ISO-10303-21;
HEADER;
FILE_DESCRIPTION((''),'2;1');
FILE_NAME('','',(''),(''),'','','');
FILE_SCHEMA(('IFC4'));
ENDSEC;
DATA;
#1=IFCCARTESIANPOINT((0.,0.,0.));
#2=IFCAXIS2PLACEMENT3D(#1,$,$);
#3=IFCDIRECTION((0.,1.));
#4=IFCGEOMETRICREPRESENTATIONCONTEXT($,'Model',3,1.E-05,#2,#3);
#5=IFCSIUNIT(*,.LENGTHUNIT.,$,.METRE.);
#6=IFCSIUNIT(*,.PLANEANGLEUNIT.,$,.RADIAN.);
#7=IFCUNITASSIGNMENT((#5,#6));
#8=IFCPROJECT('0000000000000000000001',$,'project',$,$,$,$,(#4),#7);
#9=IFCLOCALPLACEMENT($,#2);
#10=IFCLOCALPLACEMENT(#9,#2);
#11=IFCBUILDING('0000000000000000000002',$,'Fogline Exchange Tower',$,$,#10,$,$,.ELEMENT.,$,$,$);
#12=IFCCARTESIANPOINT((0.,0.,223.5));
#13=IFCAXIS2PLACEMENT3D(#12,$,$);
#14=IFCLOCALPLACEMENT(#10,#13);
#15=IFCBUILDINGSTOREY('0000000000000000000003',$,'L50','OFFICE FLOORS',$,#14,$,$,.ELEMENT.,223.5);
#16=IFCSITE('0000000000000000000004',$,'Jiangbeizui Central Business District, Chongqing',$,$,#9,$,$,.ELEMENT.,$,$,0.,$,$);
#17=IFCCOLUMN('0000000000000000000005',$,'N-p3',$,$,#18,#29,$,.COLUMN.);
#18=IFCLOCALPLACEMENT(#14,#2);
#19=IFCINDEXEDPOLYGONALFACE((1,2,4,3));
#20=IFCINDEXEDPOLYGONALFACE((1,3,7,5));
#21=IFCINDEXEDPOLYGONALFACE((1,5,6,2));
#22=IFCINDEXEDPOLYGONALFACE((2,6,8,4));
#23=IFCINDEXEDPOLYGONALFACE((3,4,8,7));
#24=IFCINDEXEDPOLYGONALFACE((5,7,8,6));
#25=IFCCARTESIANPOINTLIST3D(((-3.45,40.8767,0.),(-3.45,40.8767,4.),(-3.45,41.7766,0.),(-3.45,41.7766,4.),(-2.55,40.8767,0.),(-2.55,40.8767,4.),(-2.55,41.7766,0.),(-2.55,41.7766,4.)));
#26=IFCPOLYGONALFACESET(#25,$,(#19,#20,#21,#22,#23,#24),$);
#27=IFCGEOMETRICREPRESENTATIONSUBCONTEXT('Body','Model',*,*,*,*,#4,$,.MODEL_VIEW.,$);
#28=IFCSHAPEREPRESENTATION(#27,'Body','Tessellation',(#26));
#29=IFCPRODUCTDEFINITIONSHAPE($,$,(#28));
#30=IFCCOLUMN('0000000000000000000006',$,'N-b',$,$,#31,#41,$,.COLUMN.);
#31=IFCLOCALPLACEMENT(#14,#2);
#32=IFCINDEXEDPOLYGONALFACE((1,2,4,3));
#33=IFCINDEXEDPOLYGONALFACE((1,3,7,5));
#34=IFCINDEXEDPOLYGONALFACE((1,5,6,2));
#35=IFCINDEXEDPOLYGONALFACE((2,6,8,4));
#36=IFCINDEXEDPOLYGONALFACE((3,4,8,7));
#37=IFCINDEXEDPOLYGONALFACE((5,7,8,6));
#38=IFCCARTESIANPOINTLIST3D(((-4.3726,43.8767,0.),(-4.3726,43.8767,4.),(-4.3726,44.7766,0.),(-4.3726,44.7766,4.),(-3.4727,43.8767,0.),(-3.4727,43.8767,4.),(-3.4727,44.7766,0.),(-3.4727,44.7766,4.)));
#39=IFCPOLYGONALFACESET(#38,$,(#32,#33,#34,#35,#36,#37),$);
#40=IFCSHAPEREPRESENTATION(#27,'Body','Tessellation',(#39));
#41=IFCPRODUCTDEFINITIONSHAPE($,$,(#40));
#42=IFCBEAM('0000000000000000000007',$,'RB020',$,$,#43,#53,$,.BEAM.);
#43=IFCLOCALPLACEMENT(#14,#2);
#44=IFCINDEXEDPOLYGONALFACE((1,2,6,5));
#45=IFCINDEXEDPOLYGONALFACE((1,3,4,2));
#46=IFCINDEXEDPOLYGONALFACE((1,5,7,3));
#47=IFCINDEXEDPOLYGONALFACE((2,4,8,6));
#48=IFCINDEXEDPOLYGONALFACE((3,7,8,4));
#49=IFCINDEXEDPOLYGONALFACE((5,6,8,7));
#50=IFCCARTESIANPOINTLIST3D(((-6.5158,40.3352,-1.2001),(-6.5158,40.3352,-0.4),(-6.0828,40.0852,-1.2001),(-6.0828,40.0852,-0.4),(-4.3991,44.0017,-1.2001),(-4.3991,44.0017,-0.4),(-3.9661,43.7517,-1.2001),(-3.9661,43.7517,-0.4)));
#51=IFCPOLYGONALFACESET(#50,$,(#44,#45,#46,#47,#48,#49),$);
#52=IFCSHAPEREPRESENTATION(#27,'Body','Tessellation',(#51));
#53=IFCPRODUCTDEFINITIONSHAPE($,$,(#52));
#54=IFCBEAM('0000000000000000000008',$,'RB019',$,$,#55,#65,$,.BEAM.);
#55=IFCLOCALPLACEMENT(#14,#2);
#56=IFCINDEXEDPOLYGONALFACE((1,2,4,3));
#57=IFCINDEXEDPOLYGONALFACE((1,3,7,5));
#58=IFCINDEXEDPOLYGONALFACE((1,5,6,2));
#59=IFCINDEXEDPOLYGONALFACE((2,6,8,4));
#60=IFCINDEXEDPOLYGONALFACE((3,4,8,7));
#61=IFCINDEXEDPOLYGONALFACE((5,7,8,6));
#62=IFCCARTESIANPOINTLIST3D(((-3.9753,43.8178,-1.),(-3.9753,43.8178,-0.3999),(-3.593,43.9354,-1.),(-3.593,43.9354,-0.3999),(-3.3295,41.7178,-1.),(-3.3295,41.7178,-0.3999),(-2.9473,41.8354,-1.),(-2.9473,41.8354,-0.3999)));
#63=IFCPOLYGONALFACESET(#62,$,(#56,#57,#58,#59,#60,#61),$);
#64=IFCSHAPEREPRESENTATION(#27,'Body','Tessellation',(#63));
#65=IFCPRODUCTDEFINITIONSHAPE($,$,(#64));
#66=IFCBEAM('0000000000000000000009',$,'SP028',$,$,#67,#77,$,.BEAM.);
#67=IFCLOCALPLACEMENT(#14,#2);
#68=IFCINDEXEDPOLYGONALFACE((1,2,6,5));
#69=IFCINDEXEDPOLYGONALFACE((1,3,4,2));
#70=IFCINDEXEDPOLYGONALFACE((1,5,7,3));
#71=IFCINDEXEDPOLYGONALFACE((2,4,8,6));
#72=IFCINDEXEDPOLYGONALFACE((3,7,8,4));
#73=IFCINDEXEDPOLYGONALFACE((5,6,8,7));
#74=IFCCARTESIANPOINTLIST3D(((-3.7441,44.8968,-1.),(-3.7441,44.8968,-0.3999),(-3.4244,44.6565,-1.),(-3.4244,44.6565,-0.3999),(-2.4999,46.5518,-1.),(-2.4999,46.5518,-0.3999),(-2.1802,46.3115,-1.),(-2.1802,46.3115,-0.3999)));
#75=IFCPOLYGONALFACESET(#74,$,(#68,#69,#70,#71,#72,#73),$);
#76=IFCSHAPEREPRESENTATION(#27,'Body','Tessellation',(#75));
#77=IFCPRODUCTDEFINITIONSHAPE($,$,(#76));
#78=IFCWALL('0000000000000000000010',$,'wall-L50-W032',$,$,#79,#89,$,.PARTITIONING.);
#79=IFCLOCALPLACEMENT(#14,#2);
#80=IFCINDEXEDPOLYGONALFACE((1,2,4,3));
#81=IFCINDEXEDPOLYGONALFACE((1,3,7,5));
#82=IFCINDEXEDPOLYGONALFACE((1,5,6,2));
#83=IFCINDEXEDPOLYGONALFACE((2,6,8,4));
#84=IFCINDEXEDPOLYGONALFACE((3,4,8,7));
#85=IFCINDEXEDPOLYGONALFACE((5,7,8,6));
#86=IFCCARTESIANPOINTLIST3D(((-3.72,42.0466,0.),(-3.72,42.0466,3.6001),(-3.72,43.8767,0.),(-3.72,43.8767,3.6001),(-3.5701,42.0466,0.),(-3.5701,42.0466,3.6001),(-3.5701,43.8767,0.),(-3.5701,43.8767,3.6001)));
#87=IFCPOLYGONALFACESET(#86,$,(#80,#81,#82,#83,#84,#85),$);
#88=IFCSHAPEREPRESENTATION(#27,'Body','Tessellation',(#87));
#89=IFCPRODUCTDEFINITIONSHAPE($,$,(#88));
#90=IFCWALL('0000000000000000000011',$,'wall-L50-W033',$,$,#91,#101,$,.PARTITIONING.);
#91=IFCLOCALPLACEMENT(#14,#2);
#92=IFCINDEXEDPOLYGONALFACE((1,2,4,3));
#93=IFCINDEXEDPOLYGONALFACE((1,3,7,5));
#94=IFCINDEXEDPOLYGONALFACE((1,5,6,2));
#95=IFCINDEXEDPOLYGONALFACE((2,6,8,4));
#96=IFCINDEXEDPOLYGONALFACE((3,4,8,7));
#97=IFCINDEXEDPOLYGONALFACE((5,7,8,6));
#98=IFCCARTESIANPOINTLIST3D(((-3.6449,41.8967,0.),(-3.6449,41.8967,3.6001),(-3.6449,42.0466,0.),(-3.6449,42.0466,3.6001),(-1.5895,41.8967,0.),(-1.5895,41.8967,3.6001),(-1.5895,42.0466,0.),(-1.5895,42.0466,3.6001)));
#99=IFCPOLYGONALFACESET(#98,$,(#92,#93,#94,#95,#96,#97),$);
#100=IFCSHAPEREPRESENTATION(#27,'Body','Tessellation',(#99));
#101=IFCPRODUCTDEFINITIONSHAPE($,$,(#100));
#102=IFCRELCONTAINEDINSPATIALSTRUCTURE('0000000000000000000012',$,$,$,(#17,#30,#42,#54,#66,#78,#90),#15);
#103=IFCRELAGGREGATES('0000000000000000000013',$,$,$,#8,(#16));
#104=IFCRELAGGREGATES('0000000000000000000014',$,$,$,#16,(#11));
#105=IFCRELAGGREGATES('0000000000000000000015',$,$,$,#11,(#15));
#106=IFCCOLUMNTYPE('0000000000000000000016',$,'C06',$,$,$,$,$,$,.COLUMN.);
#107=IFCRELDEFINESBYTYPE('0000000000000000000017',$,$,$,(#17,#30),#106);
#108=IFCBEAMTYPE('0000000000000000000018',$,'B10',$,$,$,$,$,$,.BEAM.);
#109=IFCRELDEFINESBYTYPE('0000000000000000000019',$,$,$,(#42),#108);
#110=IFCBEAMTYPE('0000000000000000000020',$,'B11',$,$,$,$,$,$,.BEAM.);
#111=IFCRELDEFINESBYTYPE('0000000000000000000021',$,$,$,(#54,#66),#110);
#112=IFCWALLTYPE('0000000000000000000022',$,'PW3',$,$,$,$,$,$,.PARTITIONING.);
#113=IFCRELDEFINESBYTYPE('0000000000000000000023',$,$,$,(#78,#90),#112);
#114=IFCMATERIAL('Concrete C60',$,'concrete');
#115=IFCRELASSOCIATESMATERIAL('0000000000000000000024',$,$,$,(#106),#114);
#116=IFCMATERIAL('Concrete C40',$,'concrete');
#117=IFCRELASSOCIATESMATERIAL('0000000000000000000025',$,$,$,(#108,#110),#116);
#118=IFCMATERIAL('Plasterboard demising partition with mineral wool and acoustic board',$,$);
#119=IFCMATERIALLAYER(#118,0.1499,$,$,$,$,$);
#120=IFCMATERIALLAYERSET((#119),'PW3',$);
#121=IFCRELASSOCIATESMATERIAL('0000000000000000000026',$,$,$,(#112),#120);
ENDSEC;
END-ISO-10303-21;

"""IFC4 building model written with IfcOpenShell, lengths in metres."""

from ifc_helpers import new_model, si_unit, direction, frame, frame_2d, origin, origin_2d, place, context, subcontext, project, spatial, rectangle, extrude, material, layer, layer_set, material_profile, profile_set, type_object, element, save


model = new_model("IFC4")

# Units and contexts
model_context = context("Model", 3, precision=1e-05, world=origin(), true_north=direction((0.0, 1.0)))
body_context = subcontext(model_context, "Body", "Model", "MODEL_VIEW")
ifc_project = project(units=[si_unit("LENGTHUNIT", "METRE"), si_unit("PLANEANGLEUNIT", "RADIAN")], contexts=[model_context])

# Site, building, storey
site_placement = place(None, origin())
site = spatial("IfcSite", under=ifc_project, at=site_placement, Name="Jiangbeizui Central Business District, Chongqing", CompositionType="ELEMENT", RefElevation=0.0)
building_placement = place(site_placement, origin())
building = spatial("IfcBuilding", under=site, at=building_placement, Name="Fogline Exchange Tower", CompositionType="ELEMENT")
storey_placement = place(building_placement, frame((0.0, 0.0, 223.5)))
storey = spatial("IfcBuildingStorey", under=building, at=storey_placement, Name="L50", Description="OFFICE FLOORS", CompositionType="ELEMENT", Elevation=223.5)

# Columns
ifc_material_1 = material(Name="Concrete C60", Category="concrete")
ifc_material_profile_1 = material_profile(ifc_material_1, rectangle(XDim=0.8999, YDim=0.8999, at=origin_2d()), Name="RC 900x900")
ifc_profile_set_1 = profile_set([ifc_material_profile_1], Name="Concrete C60")
column_type = type_object("IfcColumnType", Name="C06", PredefinedType="COLUMN", material=ifc_profile_set_1)
for number, where, z_axis, x_axis, name in (
    (1, (-3.0, 41.3267, 0.0), (0.0, 0.0, 1.0), (1.0, 0.0, 0.0), "N-p3"),
    (2, (-3.9226, 44.3267, 0.0), (0.0, 0.0, 1.0), (1.0, 0.0, 0.0), "N-b"),
):
    element("IfcColumn", number, at=place(storey_placement, frame(where, z_axis=z_axis, x_axis=x_axis)), inside=storey, type_object=column_type, Name=name, PredefinedType="COLUMN", context=body_context, shape_type="SweptSolid", body=[
        extrude(rectangle(XDim=0.8999, YDim=0.8999, at=origin_2d()), origin(), (0.0, 0.0, 1.0), 4.0),
    ])

# Beams
ifc_material_2 = material(Name="Concrete C40", Category="concrete")
ifc_material_profile_2 = material_profile(ifc_material_2, rectangle(XDim=0.5, YDim=0.8, at=origin_2d()), Name="RC 500x800")
ifc_profile_set_2 = profile_set([ifc_material_profile_2], Name="Concrete C40")
beam_type_1 = type_object("IfcBeamType", Name="B10", PredefinedType="BEAM", material=ifc_profile_set_2)
beam_1_placement = place(storey_placement, frame((-4.1826, 43.8767, -0.8), z_axis=(-0.499972, -0.866042, 0.0), x_axis=(0.866042, -0.499972, 0.0)))
element("IfcBeam", 3, at=beam_1_placement, inside=storey, type_object=beam_type_1, Name="RB020", PredefinedType="BEAM", context=body_context, shape_type="SweptSolid", body=[
    extrude(rectangle(XDim=0.5, YDim=0.8, at=origin_2d()), origin(), (0.0, 0.0, 1.0), 4.2336),
])
ifc_material_profile_3 = material_profile(ifc_material_2, rectangle(XDim=0.3999, YDim=0.6001, at=origin_2d()), Name="RC 400x600")
ifc_profile_set_3 = profile_set([ifc_material_profile_3], Name="Concrete C40")
beam_type_2 = type_object("IfcBeamType", Name="B11", PredefinedType="BEAM", material=ifc_profile_set_3)
beam_2_placement = place(storey_placement, frame((-3.1384, 41.7766, -0.7), z_axis=(-0.293906, 0.955834, 0.0), x_axis=(-0.955834, -0.293906, 0.0)))
element("IfcBeam", 4, at=beam_2_placement, inside=storey, type_object=beam_type_2, Name="RB019", PredefinedType="BEAM", context=body_context, shape_type="SweptSolid", body=[
    extrude(rectangle(XDim=0.3999, YDim=0.6001, at=origin_2d()), origin(), (0.0, 0.0, 1.0), 2.197),
])
beam_3_placement = place(storey_placement, frame((-3.5842, 44.7766, -0.7), z_axis=(0.600886, 0.799334, 0.0), x_axis=(-0.799334, 0.600886, 0.0)))
element("IfcBeam", 5, at=beam_3_placement, inside=storey, type_object=beam_type_2, Name="SP028", PredefinedType="BEAM", context=body_context, shape_type="SweptSolid", body=[
    extrude(rectangle(XDim=0.3999, YDim=0.6001, at=origin_2d()), origin(), (0.0, 0.0, 1.0), 2.0706),
])

# Walls
ifc_material_3 = material(Name="Plasterboard demising partition with mineral wool and acoustic board")
ifc_layer_1 = layer(ifc_material_3, 0.1499)
ifc_layer_set_1 = layer_set([ifc_layer_1], Name="PW3")
wall_type_1 = type_object("IfcWallType", Name="PW3", PredefinedType="PARTITIONING", material=ifc_layer_set_1)
wall_1_placement = place(storey_placement, frame((-3.645, 43.8767, 0.0), z_axis=(0.0, 0.0, 1.0), x_axis=(0.0, -1.0, 0.0)))
element("IfcWall", 6, at=wall_1_placement, inside=storey, type_object=wall_type_1, Name="wall-L50-W032", PredefinedType="PARTITIONING", context=body_context, shape_type="SweptSolid", body=[
    extrude(rectangle(XDim=1.8301, YDim=0.1499, at=frame_2d((0.915, 0.0))), origin(), (0.0, 0.0, 1.0), 3.6001),
])
wall_2_placement = place(storey_placement, frame((-3.645, 41.9717, 0.0), z_axis=(0.0, 0.0, 1.0), x_axis=(1.0, 0.0, 0.0)))
element("IfcWall", 7, at=wall_2_placement, inside=storey, type_object=wall_type_1, Name="wall-L50-W033", PredefinedType="PARTITIONING", context=body_context, shape_type="SweptSolid", body=[
    extrude(rectangle(XDim=2.0554, YDim=0.1499, at=frame_2d((1.0278, 0.0))), origin(), (0.0, 0.0, 1.0), 3.6001),
])

save(model, "model.ifc")
